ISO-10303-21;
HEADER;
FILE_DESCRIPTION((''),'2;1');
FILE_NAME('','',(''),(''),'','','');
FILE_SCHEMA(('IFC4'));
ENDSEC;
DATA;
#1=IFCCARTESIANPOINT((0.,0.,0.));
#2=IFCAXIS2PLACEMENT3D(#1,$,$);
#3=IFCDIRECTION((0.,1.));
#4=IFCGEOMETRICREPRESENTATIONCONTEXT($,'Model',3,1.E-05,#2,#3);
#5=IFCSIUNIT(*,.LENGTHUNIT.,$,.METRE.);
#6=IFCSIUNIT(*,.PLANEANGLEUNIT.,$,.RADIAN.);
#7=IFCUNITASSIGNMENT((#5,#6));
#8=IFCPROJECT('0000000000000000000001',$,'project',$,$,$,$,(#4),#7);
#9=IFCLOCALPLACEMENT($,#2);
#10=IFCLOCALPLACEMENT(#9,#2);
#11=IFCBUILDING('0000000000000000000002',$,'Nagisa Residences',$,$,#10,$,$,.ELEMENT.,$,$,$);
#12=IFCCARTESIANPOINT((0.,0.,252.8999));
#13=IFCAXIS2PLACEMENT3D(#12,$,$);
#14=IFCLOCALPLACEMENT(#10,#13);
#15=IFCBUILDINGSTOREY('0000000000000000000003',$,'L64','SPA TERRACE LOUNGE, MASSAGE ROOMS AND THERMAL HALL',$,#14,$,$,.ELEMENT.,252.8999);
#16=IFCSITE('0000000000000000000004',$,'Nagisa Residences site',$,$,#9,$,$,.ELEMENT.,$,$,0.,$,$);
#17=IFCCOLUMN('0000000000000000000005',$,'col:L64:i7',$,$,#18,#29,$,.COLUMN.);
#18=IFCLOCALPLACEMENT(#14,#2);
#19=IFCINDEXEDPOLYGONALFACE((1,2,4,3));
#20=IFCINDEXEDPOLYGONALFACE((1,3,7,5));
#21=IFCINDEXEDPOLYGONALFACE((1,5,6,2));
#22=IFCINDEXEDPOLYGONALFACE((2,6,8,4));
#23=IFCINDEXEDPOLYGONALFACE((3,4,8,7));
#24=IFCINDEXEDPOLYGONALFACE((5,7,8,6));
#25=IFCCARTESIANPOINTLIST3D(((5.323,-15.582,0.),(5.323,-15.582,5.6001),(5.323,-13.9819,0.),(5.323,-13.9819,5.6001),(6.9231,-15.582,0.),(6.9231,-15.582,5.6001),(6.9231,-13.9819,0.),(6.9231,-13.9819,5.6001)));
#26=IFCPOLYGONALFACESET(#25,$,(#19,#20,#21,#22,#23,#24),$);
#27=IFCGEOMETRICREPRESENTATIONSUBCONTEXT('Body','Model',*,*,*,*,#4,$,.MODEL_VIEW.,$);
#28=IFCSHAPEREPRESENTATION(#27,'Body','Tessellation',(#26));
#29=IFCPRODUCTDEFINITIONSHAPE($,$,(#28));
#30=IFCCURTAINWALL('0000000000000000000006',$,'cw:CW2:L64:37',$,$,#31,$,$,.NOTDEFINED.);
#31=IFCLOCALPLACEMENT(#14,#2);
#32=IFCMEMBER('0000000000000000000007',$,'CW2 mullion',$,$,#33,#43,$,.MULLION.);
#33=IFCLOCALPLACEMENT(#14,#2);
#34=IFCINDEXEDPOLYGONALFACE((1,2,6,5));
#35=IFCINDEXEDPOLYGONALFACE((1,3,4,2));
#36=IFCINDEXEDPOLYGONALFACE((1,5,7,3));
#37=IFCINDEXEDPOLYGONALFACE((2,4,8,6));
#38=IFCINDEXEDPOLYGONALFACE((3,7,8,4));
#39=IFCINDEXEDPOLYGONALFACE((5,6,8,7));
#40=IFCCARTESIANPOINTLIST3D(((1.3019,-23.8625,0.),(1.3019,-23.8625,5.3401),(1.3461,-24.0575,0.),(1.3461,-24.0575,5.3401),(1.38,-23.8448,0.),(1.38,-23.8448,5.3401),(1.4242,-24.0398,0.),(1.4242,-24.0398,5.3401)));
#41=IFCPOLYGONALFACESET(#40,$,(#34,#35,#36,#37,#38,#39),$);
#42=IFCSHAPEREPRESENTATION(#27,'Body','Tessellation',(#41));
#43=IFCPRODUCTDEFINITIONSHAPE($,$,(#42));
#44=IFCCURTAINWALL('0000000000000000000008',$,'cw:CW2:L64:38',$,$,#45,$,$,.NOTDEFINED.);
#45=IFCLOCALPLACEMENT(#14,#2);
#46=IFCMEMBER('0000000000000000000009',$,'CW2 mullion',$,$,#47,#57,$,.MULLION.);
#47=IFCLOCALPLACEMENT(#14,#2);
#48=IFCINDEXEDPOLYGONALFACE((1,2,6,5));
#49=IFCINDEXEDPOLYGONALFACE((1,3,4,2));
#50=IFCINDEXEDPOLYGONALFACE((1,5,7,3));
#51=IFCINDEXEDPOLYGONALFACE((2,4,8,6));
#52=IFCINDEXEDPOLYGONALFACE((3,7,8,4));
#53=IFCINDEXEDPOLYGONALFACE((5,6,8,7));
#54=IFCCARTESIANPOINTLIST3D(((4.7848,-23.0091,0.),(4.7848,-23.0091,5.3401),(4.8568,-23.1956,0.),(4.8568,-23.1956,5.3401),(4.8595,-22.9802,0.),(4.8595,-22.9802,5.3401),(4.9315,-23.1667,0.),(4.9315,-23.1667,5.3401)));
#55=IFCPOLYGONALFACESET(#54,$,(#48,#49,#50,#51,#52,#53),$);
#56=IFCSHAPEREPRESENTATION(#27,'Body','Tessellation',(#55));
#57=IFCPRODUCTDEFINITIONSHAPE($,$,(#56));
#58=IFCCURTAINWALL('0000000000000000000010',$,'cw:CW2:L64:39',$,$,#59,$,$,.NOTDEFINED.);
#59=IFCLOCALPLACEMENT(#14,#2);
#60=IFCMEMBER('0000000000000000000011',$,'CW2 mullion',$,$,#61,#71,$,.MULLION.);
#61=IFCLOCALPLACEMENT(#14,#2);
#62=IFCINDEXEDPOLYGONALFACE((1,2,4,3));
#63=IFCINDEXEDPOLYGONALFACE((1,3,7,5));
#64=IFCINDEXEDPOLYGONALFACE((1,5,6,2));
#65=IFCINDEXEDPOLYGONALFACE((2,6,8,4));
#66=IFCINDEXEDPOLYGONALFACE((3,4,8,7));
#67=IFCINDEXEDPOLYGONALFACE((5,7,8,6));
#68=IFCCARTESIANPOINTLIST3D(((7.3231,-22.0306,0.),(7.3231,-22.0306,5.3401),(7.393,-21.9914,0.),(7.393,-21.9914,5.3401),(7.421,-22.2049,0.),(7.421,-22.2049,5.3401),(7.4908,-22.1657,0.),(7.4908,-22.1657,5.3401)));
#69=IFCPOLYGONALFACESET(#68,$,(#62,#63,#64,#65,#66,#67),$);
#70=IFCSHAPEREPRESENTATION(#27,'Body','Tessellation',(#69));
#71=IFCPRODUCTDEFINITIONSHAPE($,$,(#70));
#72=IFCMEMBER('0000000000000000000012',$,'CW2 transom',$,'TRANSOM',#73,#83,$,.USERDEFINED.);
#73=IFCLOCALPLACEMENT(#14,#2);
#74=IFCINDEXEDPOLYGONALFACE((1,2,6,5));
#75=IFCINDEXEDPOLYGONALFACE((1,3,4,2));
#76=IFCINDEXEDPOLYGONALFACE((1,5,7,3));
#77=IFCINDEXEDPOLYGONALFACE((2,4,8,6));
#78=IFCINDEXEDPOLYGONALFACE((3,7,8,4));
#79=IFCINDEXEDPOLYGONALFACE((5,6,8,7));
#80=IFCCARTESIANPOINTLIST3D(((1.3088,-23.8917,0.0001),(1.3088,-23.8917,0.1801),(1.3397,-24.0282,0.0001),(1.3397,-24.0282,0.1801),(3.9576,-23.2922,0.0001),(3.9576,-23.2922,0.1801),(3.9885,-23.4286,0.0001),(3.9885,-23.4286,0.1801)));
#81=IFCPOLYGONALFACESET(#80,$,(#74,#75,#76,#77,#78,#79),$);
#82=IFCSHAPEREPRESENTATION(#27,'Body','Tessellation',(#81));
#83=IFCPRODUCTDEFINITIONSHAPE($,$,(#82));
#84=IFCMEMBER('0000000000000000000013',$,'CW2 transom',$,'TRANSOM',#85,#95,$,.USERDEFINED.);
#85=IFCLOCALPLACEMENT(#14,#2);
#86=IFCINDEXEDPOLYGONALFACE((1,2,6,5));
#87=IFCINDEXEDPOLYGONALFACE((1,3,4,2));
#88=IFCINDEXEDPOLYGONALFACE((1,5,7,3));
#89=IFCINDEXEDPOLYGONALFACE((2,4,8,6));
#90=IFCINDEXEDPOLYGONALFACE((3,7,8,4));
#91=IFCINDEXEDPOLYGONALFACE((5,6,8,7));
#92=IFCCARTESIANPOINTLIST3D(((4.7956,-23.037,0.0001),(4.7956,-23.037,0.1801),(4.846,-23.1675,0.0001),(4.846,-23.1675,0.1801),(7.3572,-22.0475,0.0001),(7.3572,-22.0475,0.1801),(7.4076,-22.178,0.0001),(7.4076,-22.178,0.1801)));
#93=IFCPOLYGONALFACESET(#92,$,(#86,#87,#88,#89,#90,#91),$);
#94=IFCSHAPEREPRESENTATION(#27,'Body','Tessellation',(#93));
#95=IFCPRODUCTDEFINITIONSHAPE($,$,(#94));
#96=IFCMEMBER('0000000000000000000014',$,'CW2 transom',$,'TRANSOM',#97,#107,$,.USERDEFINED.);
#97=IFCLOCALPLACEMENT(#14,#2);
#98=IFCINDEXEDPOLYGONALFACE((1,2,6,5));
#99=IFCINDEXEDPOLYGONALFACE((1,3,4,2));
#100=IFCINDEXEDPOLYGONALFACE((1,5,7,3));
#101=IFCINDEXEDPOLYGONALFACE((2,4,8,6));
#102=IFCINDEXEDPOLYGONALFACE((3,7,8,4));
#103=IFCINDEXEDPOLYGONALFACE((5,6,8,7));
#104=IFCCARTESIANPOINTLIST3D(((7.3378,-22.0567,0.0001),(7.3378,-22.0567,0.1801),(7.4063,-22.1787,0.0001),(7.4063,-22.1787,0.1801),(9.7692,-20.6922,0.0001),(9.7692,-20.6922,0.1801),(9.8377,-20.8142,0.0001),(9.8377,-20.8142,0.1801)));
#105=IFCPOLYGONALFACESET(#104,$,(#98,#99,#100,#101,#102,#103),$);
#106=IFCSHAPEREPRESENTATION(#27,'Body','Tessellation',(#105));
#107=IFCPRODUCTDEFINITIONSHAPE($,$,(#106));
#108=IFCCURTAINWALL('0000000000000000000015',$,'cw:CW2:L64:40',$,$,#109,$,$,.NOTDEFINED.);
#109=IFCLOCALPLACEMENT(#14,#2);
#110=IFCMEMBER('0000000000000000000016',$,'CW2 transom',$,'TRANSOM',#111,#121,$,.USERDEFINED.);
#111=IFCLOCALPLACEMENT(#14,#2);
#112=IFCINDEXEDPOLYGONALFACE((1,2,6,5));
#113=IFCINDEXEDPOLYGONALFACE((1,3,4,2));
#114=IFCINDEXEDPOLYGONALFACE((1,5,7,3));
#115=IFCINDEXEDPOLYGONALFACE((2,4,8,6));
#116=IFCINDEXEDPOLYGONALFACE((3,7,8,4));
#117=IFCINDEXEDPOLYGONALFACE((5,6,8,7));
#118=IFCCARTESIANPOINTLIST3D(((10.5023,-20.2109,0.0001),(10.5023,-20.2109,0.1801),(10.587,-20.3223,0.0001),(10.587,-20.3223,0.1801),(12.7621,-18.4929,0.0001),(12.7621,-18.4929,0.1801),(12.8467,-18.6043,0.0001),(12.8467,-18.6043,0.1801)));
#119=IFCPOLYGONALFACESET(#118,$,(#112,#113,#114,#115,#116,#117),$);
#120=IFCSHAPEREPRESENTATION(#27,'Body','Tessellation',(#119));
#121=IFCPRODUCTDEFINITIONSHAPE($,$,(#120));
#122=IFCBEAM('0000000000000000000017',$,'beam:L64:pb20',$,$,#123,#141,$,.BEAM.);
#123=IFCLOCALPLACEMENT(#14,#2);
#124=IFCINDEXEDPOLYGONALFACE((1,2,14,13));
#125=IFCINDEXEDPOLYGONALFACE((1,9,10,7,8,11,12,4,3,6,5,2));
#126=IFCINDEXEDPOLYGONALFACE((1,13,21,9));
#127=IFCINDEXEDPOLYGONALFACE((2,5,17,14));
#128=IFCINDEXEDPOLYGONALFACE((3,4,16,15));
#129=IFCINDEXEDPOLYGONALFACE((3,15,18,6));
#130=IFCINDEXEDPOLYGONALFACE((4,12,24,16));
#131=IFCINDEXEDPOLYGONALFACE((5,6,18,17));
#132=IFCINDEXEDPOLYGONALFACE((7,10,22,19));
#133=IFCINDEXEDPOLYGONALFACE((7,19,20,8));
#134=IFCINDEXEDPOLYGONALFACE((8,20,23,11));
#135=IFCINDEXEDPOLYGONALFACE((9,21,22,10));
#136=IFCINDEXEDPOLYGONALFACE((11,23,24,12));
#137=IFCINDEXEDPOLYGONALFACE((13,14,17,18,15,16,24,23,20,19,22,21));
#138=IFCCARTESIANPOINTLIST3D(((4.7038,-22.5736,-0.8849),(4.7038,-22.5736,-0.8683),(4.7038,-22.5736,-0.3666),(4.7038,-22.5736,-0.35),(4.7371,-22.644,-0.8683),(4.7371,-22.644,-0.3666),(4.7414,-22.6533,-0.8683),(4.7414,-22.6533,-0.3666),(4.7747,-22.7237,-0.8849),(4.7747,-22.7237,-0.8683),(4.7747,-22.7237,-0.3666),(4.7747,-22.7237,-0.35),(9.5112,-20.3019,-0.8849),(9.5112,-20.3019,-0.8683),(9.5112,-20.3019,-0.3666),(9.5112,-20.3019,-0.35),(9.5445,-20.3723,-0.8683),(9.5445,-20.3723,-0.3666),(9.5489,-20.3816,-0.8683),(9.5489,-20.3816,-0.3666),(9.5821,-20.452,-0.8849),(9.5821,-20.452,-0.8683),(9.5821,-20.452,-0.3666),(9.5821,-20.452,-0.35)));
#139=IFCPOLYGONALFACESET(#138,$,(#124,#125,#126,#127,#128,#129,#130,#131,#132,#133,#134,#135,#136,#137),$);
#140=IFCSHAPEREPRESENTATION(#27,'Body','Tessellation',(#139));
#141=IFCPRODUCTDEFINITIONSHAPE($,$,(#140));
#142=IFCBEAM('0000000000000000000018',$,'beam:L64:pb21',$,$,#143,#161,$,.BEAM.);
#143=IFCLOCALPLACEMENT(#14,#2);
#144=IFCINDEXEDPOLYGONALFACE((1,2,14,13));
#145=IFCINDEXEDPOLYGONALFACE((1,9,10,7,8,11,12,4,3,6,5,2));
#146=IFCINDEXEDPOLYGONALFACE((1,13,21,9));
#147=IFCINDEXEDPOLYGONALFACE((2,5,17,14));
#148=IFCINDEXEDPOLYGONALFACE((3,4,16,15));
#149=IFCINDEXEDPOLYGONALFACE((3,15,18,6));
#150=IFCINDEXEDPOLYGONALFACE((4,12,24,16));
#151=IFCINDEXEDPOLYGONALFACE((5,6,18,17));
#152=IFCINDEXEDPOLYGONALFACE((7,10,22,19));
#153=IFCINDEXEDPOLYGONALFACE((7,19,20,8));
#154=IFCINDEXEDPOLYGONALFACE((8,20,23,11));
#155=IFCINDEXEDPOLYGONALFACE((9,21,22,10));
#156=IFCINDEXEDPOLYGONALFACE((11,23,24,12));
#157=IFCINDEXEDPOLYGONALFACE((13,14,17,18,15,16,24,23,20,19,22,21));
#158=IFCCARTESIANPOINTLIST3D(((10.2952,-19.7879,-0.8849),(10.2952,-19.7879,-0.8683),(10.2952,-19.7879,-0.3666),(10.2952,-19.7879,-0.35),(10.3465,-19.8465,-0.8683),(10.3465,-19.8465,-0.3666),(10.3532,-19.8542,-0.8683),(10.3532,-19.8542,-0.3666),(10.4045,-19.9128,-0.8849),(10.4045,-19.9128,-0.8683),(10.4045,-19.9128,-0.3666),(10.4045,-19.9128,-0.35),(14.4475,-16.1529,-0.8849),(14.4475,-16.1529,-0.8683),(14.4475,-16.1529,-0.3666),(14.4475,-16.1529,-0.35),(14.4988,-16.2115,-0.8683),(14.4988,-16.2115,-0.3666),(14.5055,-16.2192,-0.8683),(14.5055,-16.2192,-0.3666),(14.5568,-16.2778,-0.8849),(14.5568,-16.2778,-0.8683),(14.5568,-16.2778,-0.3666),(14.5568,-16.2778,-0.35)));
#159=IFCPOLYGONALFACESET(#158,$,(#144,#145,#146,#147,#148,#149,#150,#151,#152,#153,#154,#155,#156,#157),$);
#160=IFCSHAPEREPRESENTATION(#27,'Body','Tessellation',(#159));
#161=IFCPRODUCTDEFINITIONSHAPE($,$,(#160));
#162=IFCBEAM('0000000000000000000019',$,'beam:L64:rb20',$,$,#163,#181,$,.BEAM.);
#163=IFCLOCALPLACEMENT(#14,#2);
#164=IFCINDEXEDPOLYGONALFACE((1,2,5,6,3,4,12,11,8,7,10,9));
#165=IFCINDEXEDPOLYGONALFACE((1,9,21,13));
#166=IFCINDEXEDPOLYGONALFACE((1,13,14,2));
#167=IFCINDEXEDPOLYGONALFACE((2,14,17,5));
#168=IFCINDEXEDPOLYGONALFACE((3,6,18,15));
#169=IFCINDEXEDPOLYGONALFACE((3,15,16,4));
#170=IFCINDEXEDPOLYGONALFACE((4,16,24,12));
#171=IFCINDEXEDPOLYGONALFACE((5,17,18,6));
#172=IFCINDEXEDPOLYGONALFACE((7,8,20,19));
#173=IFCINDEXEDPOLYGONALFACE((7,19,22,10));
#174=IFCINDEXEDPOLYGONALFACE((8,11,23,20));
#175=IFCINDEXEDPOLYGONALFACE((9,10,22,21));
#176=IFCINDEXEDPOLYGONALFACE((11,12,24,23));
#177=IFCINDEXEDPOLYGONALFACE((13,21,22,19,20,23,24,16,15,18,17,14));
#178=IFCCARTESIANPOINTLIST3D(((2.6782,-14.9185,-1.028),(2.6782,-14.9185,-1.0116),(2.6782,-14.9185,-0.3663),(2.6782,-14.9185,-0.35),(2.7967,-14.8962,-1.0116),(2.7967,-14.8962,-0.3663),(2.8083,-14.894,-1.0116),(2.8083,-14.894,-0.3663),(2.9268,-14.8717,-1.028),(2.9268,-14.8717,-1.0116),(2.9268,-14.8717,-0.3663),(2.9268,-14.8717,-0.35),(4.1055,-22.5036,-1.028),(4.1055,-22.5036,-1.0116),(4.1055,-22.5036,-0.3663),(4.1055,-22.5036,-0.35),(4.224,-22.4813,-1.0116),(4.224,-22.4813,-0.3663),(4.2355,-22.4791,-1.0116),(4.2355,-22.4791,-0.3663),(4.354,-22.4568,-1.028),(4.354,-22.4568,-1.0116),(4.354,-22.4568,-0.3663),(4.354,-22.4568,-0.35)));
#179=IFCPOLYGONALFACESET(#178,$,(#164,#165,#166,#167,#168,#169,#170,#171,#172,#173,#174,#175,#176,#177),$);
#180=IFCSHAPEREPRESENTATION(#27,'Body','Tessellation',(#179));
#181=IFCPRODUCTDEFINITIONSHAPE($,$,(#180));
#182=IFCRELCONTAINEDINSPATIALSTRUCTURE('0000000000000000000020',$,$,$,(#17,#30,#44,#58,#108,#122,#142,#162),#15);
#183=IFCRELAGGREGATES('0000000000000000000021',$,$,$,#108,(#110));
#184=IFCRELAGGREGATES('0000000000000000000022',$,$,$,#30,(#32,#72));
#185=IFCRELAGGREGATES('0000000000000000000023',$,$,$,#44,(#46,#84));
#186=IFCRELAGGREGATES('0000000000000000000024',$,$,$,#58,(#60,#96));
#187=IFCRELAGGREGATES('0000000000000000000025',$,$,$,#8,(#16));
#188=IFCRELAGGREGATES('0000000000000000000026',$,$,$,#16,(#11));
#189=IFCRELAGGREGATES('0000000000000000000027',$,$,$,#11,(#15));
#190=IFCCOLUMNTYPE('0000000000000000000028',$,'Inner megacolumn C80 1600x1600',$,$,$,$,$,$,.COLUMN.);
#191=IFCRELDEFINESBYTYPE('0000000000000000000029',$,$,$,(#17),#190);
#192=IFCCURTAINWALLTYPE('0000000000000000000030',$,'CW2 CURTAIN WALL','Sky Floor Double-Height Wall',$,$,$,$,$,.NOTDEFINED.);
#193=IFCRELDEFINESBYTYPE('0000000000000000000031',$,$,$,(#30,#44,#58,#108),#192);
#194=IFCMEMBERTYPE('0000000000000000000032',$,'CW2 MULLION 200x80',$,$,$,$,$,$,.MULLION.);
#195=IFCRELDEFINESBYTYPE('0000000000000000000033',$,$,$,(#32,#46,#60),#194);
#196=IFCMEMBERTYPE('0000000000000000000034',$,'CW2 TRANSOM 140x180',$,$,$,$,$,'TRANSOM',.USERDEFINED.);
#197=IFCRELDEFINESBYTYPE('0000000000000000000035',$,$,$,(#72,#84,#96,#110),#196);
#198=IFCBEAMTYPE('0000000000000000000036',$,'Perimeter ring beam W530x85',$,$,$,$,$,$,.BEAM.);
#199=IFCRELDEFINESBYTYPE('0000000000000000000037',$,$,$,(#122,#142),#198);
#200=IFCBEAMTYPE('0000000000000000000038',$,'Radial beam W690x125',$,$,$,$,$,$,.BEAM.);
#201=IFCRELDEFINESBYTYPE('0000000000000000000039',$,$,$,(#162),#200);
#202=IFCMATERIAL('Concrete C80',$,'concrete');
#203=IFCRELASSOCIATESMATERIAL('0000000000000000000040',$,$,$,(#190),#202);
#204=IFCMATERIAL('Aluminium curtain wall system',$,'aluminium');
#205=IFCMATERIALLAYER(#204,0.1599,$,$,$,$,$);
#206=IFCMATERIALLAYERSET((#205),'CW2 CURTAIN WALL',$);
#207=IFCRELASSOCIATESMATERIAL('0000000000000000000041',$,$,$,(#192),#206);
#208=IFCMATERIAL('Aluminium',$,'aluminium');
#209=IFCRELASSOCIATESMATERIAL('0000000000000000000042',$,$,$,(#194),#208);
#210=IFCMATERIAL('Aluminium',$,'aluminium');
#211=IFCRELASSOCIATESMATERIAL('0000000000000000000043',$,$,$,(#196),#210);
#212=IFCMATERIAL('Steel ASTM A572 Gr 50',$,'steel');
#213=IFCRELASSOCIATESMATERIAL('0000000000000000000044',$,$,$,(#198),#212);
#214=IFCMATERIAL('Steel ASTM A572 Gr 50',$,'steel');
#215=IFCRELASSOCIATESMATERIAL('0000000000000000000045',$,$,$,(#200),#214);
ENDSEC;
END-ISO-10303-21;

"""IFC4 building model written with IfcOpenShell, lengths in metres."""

from ifc_helpers import new_model, si_unit, direction, frame, origin, origin_2d, place, context, subcontext, project, spatial, rectangle, i_section, extrude, material, layer, layer_set, material_profile, profile_set, type_object, element, aggregate, save


model = new_model("IFC4")

# Units and contexts
model_context = context("Model", 3, precision=1e-05, world=origin(), true_north=direction((0.0, 1.0)))
body_context = subcontext(model_context, "Body", "Model", "MODEL_VIEW")
ifc_project = project(units=[si_unit("LENGTHUNIT", "METRE"), si_unit("PLANEANGLEUNIT", "RADIAN")], contexts=[model_context])

# Site, building, storey
site_placement = place(None, origin())
site = spatial("IfcSite", under=ifc_project, at=site_placement, Name="Nagisa Residences site", CompositionType="ELEMENT", RefElevation=0.0)
building_placement = place(site_placement, origin())
building = spatial("IfcBuilding", under=site, at=building_placement, Name="Nagisa Residences", CompositionType="ELEMENT")
storey_placement = place(building_placement, frame((0.0, 0.0, 252.8999)))
storey = spatial("IfcBuildingStorey", under=building, at=storey_placement, Name="L64", Description="SPA TERRACE LOUNGE, MASSAGE ROOMS AND THERMAL HALL", CompositionType="ELEMENT", Elevation=252.8999)

# Column
ifc_material_1 = material(Name="Concrete C80", Category="concrete")
ifc_material_profile_1 = material_profile(ifc_material_1, rectangle(XDim=1.6001, YDim=1.6001, at=origin_2d()), Name="C80 1600x1600")
ifc_profile_set_1 = profile_set([ifc_material_profile_1], Name="Concrete C80")
column_type = type_object("IfcColumnType", Name="Inner megacolumn C80 1600x1600", PredefinedType="COLUMN", material=ifc_profile_set_1)
column_placement = place(storey_placement, frame((6.123, -14.782, 0.0), z_axis=(0.0, 0.0, 1.0), x_axis=(1.0, 0.0, 0.0)))
element("IfcColumn", 1, at=column_placement, inside=storey, type_object=column_type, Name="col:L64:i7", PredefinedType="COLUMN", context=body_context, shape_type="SweptSolid", body=[
    extrude(rectangle(XDim=1.6001, YDim=1.6001, at=origin_2d()), origin(), (0.0, 0.0, 1.0), 5.6001),
])

# Curtain walls, members
ifc_material_2 = material(Name="Aluminium curtain wall system", Category="aluminium")
ifc_layer_1 = layer(ifc_material_2, 0.1599)
ifc_layer_set_1 = layer_set([ifc_layer_1], Name="CW2 CURTAIN WALL")
curtain_wall_type = type_object("IfcCurtainWallType", Name="CW2 CURTAIN WALL", Description="Sky Floor Double-Height Wall", PredefinedType="NOTDEFINED", material=ifc_layer_set_1)
curtain_wall_1_placement = place(storey_placement, origin())
curtain_wall_1 = element("IfcCurtainWall", 2, at=curtain_wall_1_placement, inside=storey, type_object=curtain_wall_type, Name="cw:CW2:L64:37", PredefinedType="NOTDEFINED")
ifc_material_3 = material(Name="Aluminium", Category="aluminium")
ifc_material_profile_2 = material_profile(ifc_material_3, rectangle(XDim=0.2, YDim=0.0801, at=origin_2d()), Name="CW2 MULLION 200x80")
ifc_profile_set_2 = profile_set([ifc_material_profile_2], Name="Aluminium")
member_type_1 = type_object("IfcMemberType", Name="CW2 MULLION 200x80", PredefinedType="MULLION", material=ifc_profile_set_2)
member_1_placement = place(storey_placement, frame((1.363, -23.9512, 0.0), z_axis=(0.0, 0.0, 1.0), x_axis=(-0.220764, 0.975327, 0.0)))
member_1 = element("IfcMember", 3, at=member_1_placement, type_object=member_type_1, Name="CW2 mullion", PredefinedType="MULLION", context=body_context, shape_type="SweptSolid", body=[
    extrude(rectangle(XDim=0.2, YDim=0.0801, at=origin_2d()), origin(), (0.0, 0.0, 1.0), 5.3401),
])
curtain_wall_2_placement = place(storey_placement, origin())
curtain_wall_2 = element("IfcCurtainWall", 4, at=curtain_wall_2_placement, inside=storey, type_object=curtain_wall_type, Name="cw:CW2:L64:38", PredefinedType="NOTDEFINED")
member_2_placement = place(storey_placement, frame((4.8582, -23.0879, 0.0), z_axis=(0.0, 0.0, 1.0), x_axis=(-0.360328, 0.932826, 0.0)))
member_2 = element("IfcMember", 5, at=member_2_placement, type_object=member_type_1, Name="CW2 mullion", PredefinedType="MULLION", context=body_context, shape_type="SweptSolid", body=[
    extrude(rectangle(XDim=0.2, YDim=0.0801, at=origin_2d()), origin(), (0.0, 0.0, 1.0), 5.3401),
])
curtain_wall_3_placement = place(storey_placement, origin())
curtain_wall_3 = element("IfcCurtainWall", 6, at=curtain_wall_3_placement, inside=storey, type_object=curtain_wall_type, Name="cw:CW2:L64:39", PredefinedType="NOTDEFINED")
member_3_placement = place(storey_placement, frame((7.407, -22.0981, 0.0), z_axis=(0.0, 0.0, 1.0), x_axis=(-0.489377, 0.872072, 0.0)))
member_3 = element("IfcMember", 7, at=member_3_placement, type_object=member_type_1, Name="CW2 mullion", PredefinedType="MULLION", context=body_context, shape_type="SweptSolid", body=[
    extrude(rectangle(XDim=0.2, YDim=0.0801, at=origin_2d()), origin(), (0.0, 0.0, 1.0), 5.3401),
])

# Members
ifc_material_4 = material(Name="Aluminium", Category="aluminium")
ifc_material_profile_3 = material_profile(ifc_material_4, rectangle(XDim=0.1399, YDim=0.1799, at=origin_2d()), Name="CW2 TRANSOM 140x180")
ifc_profile_set_3 = profile_set([ifc_material_profile_3], Name="Aluminium")
member_type_2 = type_object("IfcMemberType", Name="CW2 TRANSOM 140x180", ElementType="TRANSOM", PredefinedType="USERDEFINED", material=ifc_profile_set_3)
member_4_placement = place(storey_placement, frame((1.3242, -23.96, 0.0901), z_axis=(0.975325, 0.220774, 0.0), x_axis=(-0.220774, 0.975325, 0.0)))
member_4 = element("IfcMember", 8, at=member_4_placement, type_object=member_type_2, Name="CW2 transom", ObjectType="TRANSOM", PredefinedType="USERDEFINED", context=body_context, shape_type="SweptSolid", body=[
    extrude(rectangle(XDim=0.1399, YDim=0.1799, at=origin_2d()), origin(), (0.0, 0.0, 1.0), 2.7158),
])
member_5_placement = place(storey_placement, frame((4.8208, -23.1023, 0.0901), z_axis=(0.93282, 0.360343, 0.0), x_axis=(-0.360343, 0.93282, 0.0)))
member_5 = element("IfcMember", 9, at=member_5_placement, type_object=member_type_2, Name="CW2 transom", ObjectType="TRANSOM", PredefinedType="USERDEFINED", context=body_context, shape_type="SweptSolid", body=[
    extrude(rectangle(XDim=0.1399, YDim=0.1799, at=origin_2d()), origin(), (0.0, 0.0, 1.0), 2.7461),
])
member_6_placement = place(storey_placement, frame((7.3721, -22.1177, 0.0901), z_axis=(0.872059, 0.4894, 0.0), x_axis=(-0.4894, 0.872059, 0.0)))
member_6 = element("IfcMember", 10, at=member_6_placement, type_object=member_type_2, Name="CW2 transom", ObjectType="TRANSOM", PredefinedType="USERDEFINED", context=body_context, shape_type="SweptSolid", body=[
    extrude(rectangle(XDim=0.1399, YDim=0.1799, at=origin_2d()), origin(), (0.0, 0.0, 1.0), 2.7881),
])

# Curtain wall, member
curtain_wall_4_placement = place(storey_placement, origin())
curtain_wall_4 = element("IfcCurtainWall", 11, at=curtain_wall_4_placement, inside=storey, type_object=curtain_wall_type, Name="cw:CW2:L64:40", PredefinedType="NOTDEFINED")
member_7_placement = place(storey_placement, frame((10.5447, -20.2666, 0.0901), z_axis=(0.796061, 0.605216, 0.0), x_axis=(-0.605216, 0.796061, 0.0)))
member_7 = element("IfcMember", 12, at=member_7_placement, type_object=member_type_2, Name="CW2 transom", ObjectType="TRANSOM", PredefinedType="USERDEFINED", context=body_context, shape_type="SweptSolid", body=[
    extrude(rectangle(XDim=0.1399, YDim=0.1799, at=origin_2d()), origin(), (0.0, 0.0, 1.0), 2.8386),
])
aggregate(curtain_wall_4, [member_7])

# Beams
ifc_material_5 = material(Name="Steel ASTM A572 Gr 50", Category="steel")
ifc_material_profile_4 = material_profile(ifc_material_5, i_section(OverallWidth=0.166, OverallDepth=0.5349, WebThickness=0.0103, FlangeThickness=0.0166, at=origin_2d()), Name="W530x85")
ifc_profile_set_4 = profile_set([ifc_material_profile_4], Name="Steel ASTM A572 Gr 50")
beam_type_1 = type_object("IfcBeamType", Name="Perimeter ring beam W530x85", PredefinedType="BEAM", material=ifc_profile_set_4)
beam_1_placement = place(storey_placement, frame((4.7393, -22.6487, -0.6174), z_axis=(0.904134, 0.427249, 0.0), x_axis=(-0.427249, 0.904134, 0.0)))
element("IfcBeam", 13, at=beam_1_placement, inside=storey, type_object=beam_type_1, Name="beam:L64:pb20", PredefinedType="BEAM", context=body_context, shape_type="SweptSolid", body=[
    extrude(i_section(OverallWidth=0.166, OverallDepth=0.5349, WebThickness=0.0103, FlangeThickness=0.0166, at=origin_2d()), origin(), (0.0, 0.0, 1.0), 5.3171),
])
beam_2_placement = place(storey_placement, frame((10.3499, -19.8503, -0.6174), z_axis=(0.752423, 0.65868, 0.0), x_axis=(-0.65868, 0.752423, 0.0)))
element("IfcBeam", 14, at=beam_2_placement, inside=storey, type_object=beam_type_1, Name="beam:L64:pb21", PredefinedType="BEAM", context=body_context, shape_type="SweptSolid", body=[
    extrude(i_section(OverallWidth=0.166, OverallDepth=0.5349, WebThickness=0.0103, FlangeThickness=0.0166, at=origin_2d()), origin(), (0.0, 0.0, 1.0), 5.5186),
])
ifc_material_6 = material(Name="Steel ASTM A572 Gr 50", Category="steel")
ifc_material_profile_5 = material_profile(ifc_material_6, i_section(OverallWidth=0.2529, OverallDepth=0.678, WebThickness=0.0117, FlangeThickness=0.0164, at=origin_2d()), Name="W690x125")
ifc_profile_set_5 = profile_set([ifc_material_profile_5], Name="Steel ASTM A572 Gr 50")
beam_type_2 = type_object("IfcBeamType", Name="Radial beam W690x125", PredefinedType="BEAM", material=ifc_profile_set_5)
beam_3_placement = place(storey_placement, frame((4.2297, -22.4802, -0.689), z_axis=(-0.184917, 0.982754, 0.0), x_axis=(-0.982754, -0.184917, 0.0)))
element("IfcBeam", 15, at=beam_3_placement, inside=storey, type_object=beam_type_2, Name="beam:L64:rb20", PredefinedType="BEAM", context=body_context, shape_type="SweptSolid", body=[
    extrude(i_section(OverallWidth=0.2529, OverallDepth=0.678, WebThickness=0.0117, FlangeThickness=0.0164, at=origin_2d()), origin(), (0.0, 0.0, 1.0), 7.7183),
])

aggregate(curtain_wall_1, [member_1, member_4])
aggregate(curtain_wall_2, [member_2, member_5])
aggregate(curtain_wall_3, [member_3, member_6])

save(model, "model.ifc")
